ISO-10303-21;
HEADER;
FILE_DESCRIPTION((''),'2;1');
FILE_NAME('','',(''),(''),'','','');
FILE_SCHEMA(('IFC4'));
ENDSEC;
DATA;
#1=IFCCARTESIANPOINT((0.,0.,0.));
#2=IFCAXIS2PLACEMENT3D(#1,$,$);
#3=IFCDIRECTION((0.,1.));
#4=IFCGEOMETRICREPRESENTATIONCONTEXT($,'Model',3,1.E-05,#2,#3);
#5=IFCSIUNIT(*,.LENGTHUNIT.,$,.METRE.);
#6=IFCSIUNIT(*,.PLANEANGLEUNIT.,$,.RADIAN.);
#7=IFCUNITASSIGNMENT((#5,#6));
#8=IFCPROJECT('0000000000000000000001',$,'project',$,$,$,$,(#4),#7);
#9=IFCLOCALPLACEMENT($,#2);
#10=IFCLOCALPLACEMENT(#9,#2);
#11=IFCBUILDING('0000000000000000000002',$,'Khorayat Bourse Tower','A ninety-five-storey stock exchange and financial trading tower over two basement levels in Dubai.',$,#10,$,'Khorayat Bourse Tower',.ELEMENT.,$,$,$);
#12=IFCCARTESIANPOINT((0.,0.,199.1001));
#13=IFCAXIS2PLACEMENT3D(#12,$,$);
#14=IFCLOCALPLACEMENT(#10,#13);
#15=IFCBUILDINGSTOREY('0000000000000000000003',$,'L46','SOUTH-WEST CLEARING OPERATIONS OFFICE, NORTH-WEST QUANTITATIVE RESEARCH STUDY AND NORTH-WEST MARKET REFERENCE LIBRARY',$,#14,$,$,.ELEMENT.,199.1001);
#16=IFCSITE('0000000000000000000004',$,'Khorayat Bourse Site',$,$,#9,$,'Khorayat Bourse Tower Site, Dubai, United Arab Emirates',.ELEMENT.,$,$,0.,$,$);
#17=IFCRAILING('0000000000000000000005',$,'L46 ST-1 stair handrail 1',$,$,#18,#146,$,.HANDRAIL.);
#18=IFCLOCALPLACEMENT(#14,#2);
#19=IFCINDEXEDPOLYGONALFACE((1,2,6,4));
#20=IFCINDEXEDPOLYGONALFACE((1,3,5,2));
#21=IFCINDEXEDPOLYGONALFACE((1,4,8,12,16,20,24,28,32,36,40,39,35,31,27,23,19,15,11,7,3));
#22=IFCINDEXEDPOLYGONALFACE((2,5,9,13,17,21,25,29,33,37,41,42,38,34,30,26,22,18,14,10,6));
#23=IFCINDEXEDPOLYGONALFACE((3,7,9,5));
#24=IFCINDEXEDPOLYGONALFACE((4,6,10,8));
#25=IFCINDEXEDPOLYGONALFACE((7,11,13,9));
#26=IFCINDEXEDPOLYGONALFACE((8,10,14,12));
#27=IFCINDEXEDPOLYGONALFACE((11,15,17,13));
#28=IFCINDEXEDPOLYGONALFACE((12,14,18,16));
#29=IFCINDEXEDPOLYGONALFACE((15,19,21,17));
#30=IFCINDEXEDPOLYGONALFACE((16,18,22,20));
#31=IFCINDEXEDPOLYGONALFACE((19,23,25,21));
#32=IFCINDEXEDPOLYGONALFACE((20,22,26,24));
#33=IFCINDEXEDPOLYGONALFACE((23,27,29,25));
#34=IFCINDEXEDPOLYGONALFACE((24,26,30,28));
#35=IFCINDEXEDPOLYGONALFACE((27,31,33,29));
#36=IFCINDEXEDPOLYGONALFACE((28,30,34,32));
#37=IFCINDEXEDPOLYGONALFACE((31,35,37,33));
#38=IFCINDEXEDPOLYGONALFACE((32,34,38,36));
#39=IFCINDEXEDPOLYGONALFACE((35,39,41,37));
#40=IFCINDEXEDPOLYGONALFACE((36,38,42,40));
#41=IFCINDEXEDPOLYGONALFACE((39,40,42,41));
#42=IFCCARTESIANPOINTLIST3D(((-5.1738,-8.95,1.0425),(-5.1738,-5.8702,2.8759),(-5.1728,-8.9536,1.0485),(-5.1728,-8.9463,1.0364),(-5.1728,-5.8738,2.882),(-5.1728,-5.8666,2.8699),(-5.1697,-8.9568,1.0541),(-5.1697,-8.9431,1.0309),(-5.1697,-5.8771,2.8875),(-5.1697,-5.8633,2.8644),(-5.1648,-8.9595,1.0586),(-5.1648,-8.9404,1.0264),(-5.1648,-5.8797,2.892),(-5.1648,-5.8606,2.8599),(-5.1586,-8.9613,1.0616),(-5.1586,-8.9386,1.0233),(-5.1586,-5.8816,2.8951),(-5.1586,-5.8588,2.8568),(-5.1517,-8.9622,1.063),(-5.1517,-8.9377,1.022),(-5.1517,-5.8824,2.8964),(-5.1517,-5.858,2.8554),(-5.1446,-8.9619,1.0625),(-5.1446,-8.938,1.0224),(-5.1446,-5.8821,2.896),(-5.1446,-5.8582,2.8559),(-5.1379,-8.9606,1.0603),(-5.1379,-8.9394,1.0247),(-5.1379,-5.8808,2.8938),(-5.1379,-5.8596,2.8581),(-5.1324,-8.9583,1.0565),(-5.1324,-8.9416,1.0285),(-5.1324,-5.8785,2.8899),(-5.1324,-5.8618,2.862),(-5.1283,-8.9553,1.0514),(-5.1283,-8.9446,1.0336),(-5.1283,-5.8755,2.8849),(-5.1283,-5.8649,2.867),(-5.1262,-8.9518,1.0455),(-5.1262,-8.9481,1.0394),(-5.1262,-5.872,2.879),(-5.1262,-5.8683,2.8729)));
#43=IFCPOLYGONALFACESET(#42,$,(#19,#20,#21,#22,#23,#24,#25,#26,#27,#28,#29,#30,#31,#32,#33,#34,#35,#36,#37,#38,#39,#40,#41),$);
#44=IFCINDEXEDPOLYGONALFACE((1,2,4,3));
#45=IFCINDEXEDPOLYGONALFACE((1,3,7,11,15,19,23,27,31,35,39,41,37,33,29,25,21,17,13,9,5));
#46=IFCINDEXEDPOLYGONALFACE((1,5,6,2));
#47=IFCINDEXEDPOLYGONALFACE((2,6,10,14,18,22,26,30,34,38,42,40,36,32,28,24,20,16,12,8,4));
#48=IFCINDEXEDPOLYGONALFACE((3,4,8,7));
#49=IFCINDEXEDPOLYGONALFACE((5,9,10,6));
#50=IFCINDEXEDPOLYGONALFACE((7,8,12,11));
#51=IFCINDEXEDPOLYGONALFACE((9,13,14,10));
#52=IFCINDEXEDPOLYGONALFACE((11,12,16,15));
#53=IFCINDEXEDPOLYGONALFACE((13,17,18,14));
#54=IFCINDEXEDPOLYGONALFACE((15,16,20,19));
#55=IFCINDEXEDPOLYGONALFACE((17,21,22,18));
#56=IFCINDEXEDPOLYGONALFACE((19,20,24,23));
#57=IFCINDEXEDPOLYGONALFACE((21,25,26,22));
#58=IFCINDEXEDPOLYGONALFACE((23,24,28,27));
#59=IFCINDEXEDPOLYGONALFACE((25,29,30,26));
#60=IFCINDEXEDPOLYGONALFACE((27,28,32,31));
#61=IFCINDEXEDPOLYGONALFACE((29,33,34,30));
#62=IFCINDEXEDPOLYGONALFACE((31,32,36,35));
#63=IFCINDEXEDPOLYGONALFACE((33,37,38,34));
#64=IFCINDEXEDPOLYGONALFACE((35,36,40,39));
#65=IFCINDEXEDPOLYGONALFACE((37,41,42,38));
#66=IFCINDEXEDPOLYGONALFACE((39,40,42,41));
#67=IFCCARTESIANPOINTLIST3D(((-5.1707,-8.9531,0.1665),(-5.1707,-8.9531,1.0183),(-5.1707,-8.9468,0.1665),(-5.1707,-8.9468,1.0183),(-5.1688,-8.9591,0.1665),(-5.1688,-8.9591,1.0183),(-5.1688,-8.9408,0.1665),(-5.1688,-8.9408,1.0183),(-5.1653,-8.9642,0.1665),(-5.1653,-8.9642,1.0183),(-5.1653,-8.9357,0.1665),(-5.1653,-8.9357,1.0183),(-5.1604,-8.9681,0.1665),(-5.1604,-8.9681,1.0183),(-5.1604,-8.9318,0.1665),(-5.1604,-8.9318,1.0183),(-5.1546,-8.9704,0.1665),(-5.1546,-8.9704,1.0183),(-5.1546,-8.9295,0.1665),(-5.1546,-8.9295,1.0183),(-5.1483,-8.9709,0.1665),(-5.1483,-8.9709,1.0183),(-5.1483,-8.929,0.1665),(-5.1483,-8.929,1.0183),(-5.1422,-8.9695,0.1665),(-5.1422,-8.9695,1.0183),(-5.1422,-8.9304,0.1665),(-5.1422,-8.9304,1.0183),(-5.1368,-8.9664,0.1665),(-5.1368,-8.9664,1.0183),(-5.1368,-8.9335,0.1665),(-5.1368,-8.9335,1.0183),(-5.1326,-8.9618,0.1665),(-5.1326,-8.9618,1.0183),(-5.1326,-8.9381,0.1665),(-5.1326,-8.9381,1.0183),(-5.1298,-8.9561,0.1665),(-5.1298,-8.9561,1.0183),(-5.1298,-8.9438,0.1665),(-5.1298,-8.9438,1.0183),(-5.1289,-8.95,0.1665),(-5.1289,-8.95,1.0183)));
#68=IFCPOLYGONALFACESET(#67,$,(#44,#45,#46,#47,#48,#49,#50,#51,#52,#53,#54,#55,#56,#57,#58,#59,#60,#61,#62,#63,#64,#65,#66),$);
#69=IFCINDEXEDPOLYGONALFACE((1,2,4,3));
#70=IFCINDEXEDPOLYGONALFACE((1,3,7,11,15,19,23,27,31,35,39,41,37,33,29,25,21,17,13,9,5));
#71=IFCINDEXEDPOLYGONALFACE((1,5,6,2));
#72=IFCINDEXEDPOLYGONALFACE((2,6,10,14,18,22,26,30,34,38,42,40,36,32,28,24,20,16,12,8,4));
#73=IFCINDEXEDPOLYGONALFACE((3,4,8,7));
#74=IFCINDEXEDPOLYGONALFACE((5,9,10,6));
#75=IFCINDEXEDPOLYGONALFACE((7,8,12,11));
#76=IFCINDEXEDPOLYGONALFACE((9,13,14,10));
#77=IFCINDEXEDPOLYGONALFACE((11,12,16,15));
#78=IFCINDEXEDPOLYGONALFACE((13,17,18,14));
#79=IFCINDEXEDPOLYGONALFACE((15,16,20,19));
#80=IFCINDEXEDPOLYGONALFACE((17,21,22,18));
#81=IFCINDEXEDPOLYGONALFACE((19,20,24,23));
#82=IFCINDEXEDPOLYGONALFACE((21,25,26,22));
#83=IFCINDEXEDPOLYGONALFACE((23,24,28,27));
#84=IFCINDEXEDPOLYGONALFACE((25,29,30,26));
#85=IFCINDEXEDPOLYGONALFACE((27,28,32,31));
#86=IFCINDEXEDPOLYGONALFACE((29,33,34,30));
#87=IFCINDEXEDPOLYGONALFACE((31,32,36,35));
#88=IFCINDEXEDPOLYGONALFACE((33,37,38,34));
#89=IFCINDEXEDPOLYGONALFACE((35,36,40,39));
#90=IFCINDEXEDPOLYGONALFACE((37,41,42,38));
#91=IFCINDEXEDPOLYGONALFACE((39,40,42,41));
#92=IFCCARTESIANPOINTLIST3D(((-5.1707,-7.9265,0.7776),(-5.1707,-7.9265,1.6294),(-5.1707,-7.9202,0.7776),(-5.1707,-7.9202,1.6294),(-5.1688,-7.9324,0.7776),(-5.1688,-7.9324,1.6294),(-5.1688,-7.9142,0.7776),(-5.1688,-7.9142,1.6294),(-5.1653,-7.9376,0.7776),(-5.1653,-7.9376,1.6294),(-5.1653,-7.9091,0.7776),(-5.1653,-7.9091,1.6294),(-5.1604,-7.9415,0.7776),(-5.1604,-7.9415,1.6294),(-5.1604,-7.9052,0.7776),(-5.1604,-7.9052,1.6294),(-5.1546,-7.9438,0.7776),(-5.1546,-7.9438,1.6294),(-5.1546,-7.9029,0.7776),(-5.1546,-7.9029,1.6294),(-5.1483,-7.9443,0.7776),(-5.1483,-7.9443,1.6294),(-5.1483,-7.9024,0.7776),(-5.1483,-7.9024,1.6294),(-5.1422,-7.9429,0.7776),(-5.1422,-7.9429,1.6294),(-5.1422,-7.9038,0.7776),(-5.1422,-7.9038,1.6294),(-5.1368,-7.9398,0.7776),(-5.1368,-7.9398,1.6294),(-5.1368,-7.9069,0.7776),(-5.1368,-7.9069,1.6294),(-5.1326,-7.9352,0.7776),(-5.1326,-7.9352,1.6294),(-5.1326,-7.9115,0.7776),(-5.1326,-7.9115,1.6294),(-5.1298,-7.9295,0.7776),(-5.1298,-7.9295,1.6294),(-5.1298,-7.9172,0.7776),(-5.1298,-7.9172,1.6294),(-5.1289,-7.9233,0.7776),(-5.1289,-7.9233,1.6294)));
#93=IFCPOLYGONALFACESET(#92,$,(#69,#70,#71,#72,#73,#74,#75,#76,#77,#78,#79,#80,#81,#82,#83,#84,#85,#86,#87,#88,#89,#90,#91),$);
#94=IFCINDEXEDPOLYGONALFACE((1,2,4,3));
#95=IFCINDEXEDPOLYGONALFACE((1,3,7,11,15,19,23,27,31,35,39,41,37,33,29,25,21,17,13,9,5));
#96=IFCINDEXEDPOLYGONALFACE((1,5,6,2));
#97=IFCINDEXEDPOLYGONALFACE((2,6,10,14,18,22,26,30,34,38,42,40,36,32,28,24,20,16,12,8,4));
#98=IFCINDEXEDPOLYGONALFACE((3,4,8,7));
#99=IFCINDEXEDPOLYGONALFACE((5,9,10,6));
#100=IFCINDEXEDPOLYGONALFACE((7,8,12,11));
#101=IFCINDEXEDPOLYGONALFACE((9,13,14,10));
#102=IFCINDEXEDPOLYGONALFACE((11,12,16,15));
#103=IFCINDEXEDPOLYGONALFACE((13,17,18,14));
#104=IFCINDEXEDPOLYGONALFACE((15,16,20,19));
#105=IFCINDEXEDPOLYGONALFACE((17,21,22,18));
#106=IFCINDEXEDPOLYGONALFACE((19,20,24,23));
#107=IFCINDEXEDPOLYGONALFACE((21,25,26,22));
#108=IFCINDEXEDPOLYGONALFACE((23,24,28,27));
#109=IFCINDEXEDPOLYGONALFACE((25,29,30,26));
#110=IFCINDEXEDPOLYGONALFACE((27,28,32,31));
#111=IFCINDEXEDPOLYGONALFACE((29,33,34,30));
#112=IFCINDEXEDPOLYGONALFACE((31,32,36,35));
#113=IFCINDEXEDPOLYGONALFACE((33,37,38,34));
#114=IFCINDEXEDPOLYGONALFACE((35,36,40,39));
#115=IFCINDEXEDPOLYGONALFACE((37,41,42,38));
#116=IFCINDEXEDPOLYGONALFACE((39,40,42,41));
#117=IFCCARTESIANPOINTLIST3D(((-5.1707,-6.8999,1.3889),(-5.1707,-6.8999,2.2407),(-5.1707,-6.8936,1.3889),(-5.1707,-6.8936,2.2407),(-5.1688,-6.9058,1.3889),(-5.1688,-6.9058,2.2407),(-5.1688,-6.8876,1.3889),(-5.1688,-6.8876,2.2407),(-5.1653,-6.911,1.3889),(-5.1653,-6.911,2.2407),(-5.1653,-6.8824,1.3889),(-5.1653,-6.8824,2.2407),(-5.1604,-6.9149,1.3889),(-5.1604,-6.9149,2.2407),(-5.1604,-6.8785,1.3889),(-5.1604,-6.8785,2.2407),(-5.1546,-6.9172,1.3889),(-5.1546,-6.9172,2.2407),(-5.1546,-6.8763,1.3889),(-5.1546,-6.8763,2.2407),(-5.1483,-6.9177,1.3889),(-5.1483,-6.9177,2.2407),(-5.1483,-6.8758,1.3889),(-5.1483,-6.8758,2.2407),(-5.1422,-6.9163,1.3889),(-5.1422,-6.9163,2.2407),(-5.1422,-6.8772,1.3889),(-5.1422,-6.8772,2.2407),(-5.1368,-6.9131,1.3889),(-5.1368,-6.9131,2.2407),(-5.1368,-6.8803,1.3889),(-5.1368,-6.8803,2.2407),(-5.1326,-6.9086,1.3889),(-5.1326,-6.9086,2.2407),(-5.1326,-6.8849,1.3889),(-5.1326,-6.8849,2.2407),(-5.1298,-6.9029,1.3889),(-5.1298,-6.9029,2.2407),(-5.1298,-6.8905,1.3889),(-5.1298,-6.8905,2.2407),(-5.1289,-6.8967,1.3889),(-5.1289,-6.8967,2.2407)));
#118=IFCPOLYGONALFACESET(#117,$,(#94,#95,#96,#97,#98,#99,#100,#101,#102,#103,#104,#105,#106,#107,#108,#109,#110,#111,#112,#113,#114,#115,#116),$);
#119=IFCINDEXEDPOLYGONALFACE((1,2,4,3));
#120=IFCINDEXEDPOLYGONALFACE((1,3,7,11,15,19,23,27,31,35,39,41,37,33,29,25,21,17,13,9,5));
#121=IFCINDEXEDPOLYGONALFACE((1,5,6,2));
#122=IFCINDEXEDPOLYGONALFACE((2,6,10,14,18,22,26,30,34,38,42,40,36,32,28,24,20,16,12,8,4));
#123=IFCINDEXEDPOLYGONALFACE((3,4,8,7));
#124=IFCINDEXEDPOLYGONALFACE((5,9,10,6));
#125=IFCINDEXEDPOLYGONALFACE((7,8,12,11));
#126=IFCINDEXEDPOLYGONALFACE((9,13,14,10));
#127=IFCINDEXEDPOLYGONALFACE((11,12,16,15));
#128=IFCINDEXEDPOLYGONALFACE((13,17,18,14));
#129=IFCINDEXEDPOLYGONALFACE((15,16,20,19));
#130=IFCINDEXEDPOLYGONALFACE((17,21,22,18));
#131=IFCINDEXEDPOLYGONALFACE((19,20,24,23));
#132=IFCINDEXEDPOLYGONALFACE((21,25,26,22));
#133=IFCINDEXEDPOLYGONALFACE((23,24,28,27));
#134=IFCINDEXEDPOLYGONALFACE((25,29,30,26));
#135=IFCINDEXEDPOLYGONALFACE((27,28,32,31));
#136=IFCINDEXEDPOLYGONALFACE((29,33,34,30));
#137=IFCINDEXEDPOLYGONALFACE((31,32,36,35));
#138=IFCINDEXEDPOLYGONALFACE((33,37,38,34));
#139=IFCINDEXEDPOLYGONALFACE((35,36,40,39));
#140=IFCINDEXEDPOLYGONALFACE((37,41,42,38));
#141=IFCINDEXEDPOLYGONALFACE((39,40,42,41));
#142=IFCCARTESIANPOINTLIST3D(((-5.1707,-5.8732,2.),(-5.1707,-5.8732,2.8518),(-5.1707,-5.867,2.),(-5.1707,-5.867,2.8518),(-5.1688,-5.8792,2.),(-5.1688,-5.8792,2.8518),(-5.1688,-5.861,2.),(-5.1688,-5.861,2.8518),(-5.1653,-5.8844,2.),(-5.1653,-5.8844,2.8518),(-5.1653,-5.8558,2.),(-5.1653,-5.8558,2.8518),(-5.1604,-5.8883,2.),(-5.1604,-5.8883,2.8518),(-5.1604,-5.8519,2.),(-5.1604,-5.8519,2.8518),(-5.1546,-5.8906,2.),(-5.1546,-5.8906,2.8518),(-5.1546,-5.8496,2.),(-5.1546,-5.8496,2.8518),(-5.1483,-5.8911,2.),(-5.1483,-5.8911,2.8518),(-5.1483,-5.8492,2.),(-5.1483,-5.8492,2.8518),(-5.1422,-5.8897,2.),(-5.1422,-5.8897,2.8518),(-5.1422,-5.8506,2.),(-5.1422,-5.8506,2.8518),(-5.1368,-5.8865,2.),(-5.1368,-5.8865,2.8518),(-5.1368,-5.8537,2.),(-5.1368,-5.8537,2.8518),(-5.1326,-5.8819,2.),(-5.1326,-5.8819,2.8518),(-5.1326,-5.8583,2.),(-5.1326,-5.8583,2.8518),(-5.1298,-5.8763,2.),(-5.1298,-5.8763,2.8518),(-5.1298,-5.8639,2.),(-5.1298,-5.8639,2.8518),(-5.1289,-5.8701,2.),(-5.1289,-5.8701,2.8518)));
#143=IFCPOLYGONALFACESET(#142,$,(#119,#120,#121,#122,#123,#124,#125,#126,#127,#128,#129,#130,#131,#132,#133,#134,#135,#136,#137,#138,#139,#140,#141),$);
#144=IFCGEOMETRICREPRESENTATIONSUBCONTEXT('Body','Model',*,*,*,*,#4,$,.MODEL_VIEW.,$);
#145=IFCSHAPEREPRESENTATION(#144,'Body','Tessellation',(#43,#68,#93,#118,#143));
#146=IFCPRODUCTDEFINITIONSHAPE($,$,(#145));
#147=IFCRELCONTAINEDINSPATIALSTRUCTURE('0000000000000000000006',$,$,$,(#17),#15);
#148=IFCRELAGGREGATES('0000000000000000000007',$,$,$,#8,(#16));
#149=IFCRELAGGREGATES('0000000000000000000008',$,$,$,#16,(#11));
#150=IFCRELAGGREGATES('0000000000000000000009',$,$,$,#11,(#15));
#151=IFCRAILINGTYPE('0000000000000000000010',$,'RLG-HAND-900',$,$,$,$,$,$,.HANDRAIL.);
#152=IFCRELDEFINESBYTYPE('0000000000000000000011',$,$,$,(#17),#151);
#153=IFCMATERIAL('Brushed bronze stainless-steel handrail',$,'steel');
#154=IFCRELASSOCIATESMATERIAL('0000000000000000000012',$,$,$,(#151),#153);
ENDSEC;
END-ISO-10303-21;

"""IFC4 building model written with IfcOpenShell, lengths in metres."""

from ifc_helpers import new_model, si_unit, direction, frame, origin, origin_2d, place, context, subcontext, project, spatial, circle, extrude, source, transform, mapped, material, type_object, element, save


model = new_model("IFC4")

# Units and contexts
model_context = context("Model", 3, precision=1e-05, world=origin(), true_north=direction((0.0, 1.0)))
body_context = subcontext(model_context, "Body", "Model", "MODEL_VIEW")
ifc_project = project(units=[si_unit("LENGTHUNIT", "METRE"), si_unit("PLANEANGLEUNIT", "RADIAN")], contexts=[model_context])

# Site, building, storey
site_placement = place(None, origin())
site = spatial("IfcSite", under=ifc_project, at=site_placement, Name="Khorayat Bourse Site", LongName="Khorayat Bourse Tower Site, Dubai, United Arab Emirates", CompositionType="ELEMENT", RefElevation=0.0)
building_placement = place(site_placement, origin())
building = spatial("IfcBuilding", under=site, at=building_placement, Name="Khorayat Bourse Tower", Description="A ninety-five-storey stock exchange and financial trading tower over two basement levels in Dubai.", LongName="Khorayat Bourse Tower", CompositionType="ELEMENT")
storey_placement = place(building_placement, frame((0.0, 0.0, 199.1001)))
storey = spatial("IfcBuildingStorey", under=building, at=storey_placement, Name="L46", Description="SOUTH-WEST CLEARING OPERATIONS OFFICE, NORTH-WEST QUANTITATIVE RESEARCH STUDY AND NORTH-WEST MARKET REFERENCE LIBRARY", CompositionType="ELEMENT", Elevation=199.1001)

# Railing
ifc_material_1 = material(Name="Brushed bronze stainless-steel handrail", Category="steel")
railing_type_1 = type_object("IfcRailingType", Name="RLG-HAND-900", PredefinedType="HANDRAIL", material=ifc_material_1)
shared_shape_1 = source(origin(), body_context, "Body", "SweptSolid", [
    extrude(circle(Radius=0.0239, at=origin_2d()), frame((0.0, 0.0, 0.876), z_axis=(0.0, 0.859261, 0.511538), x_axis=(-1.0, 0.0, 0.0)), (0.0, 0.0, 1.0), 3.5842),
    extrude(circle(Radius=0.021, at=origin_2d()), origin(), (0.0, 0.0, 1.0), 0.8518),
    extrude(circle(Radius=0.021, at=origin_2d()), frame((0.0, 1.0266, 0.6111)), (0.0, 0.0, 1.0), 0.8518),
    extrude(circle(Radius=0.021, at=origin_2d()), frame((0.0, 2.0532, 1.2224)), (0.0, 0.0, 1.0), 0.8518),
    extrude(circle(Radius=0.021, at=origin_2d()), frame((0.0, 3.0798, 1.8335)), (0.0, 0.0, 1.0), 0.8518),
])
railing_1_placement = place(storey_placement, frame((-5.1499, -8.95, 0.1665)))
element("IfcRailing", 1, at=railing_1_placement, inside=storey, type_object=railing_type_1, Name="L46 ST-1 stair handrail 1", PredefinedType="HANDRAIL", context=body_context, shape_type="MappedRepresentation", body=[
    mapped(shared_shape_1, transform((0.0, 0.0, 0.0), scale=1.0)),
])

save(model, "model.ifc")
